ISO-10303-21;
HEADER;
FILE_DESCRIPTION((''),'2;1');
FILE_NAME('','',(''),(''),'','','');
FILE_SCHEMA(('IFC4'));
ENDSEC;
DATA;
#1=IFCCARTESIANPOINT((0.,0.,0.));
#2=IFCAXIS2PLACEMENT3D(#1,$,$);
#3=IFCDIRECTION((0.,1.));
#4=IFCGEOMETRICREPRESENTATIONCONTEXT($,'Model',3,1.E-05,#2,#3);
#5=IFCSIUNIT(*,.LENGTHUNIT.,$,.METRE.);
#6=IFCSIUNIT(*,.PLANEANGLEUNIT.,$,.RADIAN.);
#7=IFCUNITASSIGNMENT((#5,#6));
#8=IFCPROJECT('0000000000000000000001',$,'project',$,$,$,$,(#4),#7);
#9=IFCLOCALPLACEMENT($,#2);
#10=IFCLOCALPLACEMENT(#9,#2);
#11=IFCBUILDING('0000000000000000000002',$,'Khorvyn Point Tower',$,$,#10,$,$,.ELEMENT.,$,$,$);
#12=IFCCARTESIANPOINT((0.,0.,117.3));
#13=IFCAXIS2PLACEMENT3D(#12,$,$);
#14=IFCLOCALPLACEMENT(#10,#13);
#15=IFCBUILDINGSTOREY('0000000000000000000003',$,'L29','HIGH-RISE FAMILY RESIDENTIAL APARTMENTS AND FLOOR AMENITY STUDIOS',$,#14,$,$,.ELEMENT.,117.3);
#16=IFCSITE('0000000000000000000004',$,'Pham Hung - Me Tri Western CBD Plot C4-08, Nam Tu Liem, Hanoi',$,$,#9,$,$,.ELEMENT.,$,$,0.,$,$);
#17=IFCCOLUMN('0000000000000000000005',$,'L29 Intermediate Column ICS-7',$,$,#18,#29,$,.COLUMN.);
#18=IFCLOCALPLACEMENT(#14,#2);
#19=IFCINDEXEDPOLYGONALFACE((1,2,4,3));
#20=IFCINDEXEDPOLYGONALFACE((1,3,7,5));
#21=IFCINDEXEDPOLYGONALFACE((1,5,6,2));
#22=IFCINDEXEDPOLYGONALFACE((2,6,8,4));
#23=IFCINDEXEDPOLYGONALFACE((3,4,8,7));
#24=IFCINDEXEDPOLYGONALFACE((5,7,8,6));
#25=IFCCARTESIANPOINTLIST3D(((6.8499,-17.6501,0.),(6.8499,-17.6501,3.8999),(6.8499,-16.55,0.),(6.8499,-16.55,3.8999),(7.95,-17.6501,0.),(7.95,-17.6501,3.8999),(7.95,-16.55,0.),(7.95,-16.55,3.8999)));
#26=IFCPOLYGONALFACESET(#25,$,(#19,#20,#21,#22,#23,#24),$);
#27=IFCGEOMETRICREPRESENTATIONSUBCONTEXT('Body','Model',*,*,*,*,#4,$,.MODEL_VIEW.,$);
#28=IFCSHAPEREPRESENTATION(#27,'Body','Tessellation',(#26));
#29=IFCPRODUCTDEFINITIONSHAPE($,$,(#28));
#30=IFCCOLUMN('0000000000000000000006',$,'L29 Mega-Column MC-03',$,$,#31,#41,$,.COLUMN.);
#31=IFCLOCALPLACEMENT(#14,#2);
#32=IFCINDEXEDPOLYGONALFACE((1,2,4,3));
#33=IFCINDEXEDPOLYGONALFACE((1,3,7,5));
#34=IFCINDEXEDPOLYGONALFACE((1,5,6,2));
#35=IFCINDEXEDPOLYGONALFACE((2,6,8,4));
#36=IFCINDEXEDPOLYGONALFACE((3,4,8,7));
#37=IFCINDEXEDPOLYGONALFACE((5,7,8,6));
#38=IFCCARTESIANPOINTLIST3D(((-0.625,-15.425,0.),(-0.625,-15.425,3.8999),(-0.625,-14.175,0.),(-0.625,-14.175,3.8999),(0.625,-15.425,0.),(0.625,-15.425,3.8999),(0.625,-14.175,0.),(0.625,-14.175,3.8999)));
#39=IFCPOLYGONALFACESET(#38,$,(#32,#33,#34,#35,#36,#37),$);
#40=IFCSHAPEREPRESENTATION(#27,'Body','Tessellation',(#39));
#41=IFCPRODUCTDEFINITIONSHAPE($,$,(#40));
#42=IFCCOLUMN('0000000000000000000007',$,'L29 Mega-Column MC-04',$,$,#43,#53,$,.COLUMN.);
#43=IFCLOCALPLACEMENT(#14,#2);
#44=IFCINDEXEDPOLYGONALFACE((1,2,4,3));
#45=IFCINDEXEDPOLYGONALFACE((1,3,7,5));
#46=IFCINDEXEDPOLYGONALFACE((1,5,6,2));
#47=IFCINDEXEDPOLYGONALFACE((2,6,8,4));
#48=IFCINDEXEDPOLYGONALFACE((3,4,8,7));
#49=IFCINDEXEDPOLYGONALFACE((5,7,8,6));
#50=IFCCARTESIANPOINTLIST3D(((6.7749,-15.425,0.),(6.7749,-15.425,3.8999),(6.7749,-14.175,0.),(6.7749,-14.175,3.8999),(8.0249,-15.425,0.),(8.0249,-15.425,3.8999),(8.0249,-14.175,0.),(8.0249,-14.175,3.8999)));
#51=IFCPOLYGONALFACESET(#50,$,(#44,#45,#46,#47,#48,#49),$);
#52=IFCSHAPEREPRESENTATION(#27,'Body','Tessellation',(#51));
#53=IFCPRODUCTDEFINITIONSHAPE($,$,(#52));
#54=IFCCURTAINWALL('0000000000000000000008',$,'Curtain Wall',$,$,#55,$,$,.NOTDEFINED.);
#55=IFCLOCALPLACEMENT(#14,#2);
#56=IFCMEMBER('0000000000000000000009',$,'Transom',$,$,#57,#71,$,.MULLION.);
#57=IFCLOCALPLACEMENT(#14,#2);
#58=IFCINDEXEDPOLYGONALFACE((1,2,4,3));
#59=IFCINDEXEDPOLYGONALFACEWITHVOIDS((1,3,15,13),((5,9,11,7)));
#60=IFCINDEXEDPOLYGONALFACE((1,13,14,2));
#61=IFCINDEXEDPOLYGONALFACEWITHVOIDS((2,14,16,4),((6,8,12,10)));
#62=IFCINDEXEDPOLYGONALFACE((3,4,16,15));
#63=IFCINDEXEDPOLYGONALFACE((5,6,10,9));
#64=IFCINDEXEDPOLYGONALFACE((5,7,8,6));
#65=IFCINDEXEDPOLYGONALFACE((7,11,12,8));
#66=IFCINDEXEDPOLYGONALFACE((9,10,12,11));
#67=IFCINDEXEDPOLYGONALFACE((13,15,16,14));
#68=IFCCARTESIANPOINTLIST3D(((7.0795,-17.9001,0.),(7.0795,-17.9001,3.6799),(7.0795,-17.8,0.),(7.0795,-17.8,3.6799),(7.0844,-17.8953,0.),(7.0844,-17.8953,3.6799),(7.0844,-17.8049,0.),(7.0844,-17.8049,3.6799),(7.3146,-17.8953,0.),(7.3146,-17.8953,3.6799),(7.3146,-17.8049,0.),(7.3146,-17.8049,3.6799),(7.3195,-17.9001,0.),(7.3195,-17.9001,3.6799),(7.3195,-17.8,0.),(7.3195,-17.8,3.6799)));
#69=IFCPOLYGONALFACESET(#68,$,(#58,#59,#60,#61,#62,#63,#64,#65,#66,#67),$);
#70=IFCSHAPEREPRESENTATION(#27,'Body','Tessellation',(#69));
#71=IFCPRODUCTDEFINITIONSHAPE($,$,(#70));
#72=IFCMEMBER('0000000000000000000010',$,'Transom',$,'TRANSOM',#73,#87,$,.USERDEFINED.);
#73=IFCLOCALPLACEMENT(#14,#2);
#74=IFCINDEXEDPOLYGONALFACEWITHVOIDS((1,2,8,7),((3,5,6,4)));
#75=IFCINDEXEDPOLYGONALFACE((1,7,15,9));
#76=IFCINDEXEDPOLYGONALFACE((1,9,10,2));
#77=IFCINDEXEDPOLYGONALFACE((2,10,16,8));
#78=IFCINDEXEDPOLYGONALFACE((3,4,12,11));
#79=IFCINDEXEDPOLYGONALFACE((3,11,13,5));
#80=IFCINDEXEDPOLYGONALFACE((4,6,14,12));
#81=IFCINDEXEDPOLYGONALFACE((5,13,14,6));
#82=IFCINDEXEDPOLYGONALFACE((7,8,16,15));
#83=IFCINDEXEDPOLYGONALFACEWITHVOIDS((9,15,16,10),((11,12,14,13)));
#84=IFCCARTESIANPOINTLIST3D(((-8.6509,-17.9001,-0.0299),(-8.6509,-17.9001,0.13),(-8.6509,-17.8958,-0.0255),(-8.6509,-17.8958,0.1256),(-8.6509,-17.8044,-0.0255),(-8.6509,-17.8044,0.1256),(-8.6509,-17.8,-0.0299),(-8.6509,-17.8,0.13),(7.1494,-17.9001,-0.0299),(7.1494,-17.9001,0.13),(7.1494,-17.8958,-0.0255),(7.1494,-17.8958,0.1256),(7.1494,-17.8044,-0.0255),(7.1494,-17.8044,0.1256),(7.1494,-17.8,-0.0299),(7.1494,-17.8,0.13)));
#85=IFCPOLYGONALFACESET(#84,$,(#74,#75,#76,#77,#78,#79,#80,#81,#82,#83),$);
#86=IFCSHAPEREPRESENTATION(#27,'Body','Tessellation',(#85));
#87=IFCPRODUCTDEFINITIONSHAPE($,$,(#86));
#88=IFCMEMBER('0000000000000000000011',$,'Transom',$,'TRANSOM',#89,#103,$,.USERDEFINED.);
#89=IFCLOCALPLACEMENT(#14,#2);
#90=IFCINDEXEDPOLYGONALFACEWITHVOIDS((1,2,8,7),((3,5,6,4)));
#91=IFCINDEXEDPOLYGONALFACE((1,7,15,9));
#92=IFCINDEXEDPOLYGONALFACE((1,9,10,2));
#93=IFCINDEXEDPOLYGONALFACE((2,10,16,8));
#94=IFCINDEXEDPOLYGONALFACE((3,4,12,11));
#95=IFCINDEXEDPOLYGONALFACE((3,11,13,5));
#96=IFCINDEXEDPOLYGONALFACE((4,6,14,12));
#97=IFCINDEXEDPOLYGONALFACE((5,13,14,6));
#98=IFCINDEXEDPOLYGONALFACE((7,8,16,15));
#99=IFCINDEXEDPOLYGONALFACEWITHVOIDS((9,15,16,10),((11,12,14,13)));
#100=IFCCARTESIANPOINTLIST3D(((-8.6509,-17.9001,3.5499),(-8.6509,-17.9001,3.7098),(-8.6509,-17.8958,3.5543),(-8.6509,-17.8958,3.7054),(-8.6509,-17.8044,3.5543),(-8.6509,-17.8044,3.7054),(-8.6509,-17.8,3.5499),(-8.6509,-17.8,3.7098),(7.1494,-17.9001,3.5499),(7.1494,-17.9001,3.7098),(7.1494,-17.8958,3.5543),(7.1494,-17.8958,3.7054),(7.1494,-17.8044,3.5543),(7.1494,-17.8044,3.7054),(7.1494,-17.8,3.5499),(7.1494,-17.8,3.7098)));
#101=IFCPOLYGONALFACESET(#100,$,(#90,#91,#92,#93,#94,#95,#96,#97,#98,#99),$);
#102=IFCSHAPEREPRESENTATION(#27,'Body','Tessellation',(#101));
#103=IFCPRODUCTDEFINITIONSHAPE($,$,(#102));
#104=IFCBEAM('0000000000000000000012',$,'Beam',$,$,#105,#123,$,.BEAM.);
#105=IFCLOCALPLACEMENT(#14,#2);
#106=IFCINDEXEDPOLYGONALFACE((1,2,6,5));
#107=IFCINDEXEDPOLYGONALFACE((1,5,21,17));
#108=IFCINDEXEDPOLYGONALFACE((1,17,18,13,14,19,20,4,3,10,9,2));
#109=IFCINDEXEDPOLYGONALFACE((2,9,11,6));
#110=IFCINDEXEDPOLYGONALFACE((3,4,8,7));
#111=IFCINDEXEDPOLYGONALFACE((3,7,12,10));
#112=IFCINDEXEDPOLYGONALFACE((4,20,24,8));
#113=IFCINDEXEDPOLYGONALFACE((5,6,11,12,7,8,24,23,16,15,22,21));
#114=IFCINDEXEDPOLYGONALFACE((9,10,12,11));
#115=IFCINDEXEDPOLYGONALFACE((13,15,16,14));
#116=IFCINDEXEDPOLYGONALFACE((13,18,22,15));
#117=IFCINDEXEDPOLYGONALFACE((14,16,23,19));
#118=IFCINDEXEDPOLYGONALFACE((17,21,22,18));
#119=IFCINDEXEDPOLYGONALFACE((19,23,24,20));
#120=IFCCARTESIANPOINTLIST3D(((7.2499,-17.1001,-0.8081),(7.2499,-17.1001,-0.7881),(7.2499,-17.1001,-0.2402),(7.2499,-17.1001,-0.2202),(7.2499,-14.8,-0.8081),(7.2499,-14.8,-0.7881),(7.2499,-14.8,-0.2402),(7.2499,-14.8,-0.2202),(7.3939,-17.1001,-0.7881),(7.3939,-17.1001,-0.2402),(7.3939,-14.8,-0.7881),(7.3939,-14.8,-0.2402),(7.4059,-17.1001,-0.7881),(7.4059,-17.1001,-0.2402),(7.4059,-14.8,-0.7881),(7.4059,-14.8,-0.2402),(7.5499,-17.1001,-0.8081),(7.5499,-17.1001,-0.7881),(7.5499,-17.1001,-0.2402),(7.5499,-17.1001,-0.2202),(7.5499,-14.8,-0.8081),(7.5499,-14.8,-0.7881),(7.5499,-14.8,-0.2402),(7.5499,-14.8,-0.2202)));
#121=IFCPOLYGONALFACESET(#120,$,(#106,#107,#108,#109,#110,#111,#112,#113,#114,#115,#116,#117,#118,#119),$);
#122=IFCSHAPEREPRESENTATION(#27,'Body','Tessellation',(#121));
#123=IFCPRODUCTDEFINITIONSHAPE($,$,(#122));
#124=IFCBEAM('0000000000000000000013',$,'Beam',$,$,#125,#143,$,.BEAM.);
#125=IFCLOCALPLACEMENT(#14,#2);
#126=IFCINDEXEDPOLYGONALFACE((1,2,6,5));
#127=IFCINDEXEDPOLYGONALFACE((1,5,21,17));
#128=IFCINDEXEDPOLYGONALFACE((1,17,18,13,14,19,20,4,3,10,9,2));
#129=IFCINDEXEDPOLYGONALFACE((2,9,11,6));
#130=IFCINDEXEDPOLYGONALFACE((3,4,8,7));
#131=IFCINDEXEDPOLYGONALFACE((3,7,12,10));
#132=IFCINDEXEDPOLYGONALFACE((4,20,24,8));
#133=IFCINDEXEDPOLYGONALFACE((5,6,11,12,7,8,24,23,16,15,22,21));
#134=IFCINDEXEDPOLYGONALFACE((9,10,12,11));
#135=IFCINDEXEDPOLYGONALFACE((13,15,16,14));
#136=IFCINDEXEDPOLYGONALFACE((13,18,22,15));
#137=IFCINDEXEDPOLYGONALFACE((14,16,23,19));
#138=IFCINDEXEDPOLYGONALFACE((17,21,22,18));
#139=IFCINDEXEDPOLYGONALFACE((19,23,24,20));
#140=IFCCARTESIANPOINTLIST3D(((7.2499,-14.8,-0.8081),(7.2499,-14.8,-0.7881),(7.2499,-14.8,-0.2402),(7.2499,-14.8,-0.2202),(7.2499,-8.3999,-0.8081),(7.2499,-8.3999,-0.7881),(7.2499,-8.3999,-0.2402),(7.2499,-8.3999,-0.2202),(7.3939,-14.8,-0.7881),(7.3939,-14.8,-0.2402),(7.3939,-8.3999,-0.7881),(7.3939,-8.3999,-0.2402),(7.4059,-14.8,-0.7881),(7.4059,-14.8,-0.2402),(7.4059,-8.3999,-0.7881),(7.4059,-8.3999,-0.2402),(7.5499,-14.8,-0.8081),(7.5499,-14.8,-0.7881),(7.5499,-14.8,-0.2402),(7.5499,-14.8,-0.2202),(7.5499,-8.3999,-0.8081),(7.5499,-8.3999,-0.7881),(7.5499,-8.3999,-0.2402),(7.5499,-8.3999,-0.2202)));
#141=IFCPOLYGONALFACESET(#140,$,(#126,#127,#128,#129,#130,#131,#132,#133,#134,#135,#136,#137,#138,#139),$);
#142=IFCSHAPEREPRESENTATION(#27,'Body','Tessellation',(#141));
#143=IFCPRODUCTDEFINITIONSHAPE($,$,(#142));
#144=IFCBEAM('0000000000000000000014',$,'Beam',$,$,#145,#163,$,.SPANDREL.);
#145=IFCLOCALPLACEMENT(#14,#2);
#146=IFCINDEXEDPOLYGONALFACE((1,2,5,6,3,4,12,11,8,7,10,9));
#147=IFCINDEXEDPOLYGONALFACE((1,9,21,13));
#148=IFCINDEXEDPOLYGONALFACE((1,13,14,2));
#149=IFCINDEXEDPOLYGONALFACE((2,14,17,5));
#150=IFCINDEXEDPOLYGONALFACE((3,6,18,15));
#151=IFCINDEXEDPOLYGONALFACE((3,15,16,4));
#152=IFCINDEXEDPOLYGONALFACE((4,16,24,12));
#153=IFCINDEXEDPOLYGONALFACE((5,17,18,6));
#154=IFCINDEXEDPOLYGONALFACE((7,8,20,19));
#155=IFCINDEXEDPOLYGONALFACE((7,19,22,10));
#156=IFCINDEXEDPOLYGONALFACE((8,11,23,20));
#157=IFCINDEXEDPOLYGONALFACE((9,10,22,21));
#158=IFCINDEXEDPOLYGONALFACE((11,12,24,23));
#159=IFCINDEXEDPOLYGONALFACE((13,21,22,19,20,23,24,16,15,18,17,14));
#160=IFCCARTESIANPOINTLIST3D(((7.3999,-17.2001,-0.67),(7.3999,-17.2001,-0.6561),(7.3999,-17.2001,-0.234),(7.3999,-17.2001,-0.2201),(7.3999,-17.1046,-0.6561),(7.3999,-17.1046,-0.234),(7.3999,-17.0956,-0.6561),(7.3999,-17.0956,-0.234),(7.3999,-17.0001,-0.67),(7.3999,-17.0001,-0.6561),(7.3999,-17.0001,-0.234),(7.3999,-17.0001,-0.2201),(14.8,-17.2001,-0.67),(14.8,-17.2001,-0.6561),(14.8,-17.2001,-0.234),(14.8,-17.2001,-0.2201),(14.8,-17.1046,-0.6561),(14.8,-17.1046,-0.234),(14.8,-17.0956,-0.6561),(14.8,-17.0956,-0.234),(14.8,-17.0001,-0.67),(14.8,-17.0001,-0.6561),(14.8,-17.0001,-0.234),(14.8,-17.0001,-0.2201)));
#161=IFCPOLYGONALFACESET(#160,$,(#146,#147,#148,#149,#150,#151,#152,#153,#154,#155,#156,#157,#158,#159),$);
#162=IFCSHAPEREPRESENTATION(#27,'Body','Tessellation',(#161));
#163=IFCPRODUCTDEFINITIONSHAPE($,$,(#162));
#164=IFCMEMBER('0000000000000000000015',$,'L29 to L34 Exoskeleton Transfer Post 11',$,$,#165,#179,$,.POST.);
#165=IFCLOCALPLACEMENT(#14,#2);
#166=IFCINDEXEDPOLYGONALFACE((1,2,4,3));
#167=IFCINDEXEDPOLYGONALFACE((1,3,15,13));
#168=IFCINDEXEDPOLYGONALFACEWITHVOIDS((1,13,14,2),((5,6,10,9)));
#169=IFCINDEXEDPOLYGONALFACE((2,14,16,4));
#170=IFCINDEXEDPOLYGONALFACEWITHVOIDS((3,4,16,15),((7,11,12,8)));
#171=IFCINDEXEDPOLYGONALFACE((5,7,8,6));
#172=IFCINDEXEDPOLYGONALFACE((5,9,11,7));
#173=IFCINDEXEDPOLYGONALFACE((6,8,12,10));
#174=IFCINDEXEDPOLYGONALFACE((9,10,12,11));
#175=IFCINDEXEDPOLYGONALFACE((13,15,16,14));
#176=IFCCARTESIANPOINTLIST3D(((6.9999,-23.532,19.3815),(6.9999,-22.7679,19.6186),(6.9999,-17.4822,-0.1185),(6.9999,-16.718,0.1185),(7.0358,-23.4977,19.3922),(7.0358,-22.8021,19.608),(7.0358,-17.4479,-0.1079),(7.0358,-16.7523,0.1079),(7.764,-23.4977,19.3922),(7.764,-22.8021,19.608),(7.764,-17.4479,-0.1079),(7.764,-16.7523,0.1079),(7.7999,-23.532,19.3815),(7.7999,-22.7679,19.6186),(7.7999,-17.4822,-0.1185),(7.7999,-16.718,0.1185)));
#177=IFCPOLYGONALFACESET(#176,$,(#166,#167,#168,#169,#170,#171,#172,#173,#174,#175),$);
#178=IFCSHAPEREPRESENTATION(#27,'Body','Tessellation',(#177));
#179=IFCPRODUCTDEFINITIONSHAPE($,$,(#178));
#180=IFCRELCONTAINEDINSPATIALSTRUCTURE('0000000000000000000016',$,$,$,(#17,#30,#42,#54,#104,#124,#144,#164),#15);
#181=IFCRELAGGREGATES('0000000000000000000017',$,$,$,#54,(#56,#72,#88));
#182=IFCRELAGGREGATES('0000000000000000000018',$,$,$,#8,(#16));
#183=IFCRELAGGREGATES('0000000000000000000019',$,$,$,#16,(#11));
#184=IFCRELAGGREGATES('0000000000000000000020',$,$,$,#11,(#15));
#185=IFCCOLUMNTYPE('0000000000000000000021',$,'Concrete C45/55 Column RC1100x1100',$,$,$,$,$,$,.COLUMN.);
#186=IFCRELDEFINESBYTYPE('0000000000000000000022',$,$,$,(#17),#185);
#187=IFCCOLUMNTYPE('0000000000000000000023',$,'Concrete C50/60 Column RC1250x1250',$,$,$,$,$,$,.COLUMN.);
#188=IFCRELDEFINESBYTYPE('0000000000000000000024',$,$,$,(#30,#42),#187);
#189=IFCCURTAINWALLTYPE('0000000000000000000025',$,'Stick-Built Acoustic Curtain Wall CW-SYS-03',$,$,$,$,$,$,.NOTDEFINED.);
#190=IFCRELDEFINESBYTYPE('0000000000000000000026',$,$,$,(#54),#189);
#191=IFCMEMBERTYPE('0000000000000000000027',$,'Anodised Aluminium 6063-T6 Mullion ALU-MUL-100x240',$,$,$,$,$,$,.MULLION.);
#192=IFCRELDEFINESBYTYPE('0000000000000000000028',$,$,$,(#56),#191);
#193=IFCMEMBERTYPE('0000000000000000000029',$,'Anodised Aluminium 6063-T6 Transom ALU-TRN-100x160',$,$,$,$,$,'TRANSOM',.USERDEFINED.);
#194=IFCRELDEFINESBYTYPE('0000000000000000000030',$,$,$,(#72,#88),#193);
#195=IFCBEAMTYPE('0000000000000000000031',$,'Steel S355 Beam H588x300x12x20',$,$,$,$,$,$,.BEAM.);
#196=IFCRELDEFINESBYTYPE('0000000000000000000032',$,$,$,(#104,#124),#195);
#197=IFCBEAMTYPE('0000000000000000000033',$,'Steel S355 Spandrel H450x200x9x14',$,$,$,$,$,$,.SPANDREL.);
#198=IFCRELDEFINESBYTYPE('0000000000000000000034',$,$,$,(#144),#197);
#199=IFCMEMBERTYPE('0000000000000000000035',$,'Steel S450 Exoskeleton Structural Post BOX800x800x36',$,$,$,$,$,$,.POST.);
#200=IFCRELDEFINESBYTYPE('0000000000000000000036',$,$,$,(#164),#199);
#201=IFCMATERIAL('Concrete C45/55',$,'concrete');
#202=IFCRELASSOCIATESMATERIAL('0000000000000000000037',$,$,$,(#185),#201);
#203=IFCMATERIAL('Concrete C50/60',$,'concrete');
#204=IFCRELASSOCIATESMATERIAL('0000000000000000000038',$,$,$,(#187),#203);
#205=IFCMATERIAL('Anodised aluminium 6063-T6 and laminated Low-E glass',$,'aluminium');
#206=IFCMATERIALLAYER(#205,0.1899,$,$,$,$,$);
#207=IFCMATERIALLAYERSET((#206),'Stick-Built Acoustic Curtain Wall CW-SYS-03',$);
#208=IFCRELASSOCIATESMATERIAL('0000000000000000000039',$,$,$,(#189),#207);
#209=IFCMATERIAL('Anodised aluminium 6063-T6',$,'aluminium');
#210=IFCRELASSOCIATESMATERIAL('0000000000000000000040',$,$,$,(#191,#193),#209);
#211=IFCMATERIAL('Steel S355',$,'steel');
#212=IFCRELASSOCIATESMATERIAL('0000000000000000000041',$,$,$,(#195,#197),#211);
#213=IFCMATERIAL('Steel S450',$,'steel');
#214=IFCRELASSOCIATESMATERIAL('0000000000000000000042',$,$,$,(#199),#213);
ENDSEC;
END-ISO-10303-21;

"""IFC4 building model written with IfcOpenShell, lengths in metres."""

from ifc_helpers import new_model, si_unit, direction, frame, origin, origin_2d, place, context, subcontext, project, spatial, rectangle, hollow_rectangle, i_section, extrude, material, layer, layer_set, material_profile, profile_set, type_object, element, aggregate, save


model = new_model("IFC4")

# Units and contexts
model_context = context("Model", 3, precision=1e-05, world=origin(), true_north=direction((0.0, 1.0)))
body_context = subcontext(model_context, "Body", "Model", "MODEL_VIEW")
ifc_project = project(units=[si_unit("LENGTHUNIT", "METRE"), si_unit("PLANEANGLEUNIT", "RADIAN")], contexts=[model_context])

# Site, building, storey
site_placement = place(None, origin())
site = spatial("IfcSite", under=ifc_project, at=site_placement, Name="Pham Hung - Me Tri Western CBD Plot C4-08, Nam Tu Liem, Hanoi", CompositionType="ELEMENT", RefElevation=0.0)
building_placement = place(site_placement, origin())
building = spatial("IfcBuilding", under=site, at=building_placement, Name="Khorvyn Point Tower", CompositionType="ELEMENT")
storey_placement = place(building_placement, frame((0.0, 0.0, 117.3)))
storey = spatial("IfcBuildingStorey", under=building, at=storey_placement, Name="L29", Description="HIGH-RISE FAMILY RESIDENTIAL APARTMENTS AND FLOOR AMENITY STUDIOS", CompositionType="ELEMENT", Elevation=117.3)

# Columns
ifc_material_1 = material(Name="Concrete C45/55", Category="concrete")
ifc_material_profile_1 = material_profile(ifc_material_1, rectangle(XDim=1.1001, YDim=1.1001, at=origin_2d()))
ifc_profile_set_1 = profile_set([ifc_material_profile_1], Name="Concrete C45/55 RC1100x1100")
column_type_1 = type_object("IfcColumnType", Name="Concrete C45/55 Column RC1100x1100", PredefinedType="COLUMN", material=ifc_profile_set_1)
column_placement = place(storey_placement, frame((7.3999, -17.1001, 0.0), z_axis=(0.0, 0.0, 1.0), x_axis=(1.0, 0.0, 0.0)))
element("IfcColumn", 1, at=column_placement, inside=storey, type_object=column_type_1, Name="L29 Intermediate Column ICS-7", PredefinedType="COLUMN", context=body_context, shape_type="SweptSolid", body=[
    extrude(rectangle(XDim=1.1001, YDim=1.1001, at=origin_2d()), origin(), (0.0, 0.0, 1.0), 3.8999),
])
ifc_material_2 = material(Name="Concrete C50/60", Category="concrete")
ifc_material_profile_2 = material_profile(ifc_material_2, rectangle(XDim=1.25, YDim=1.25, at=origin_2d()))
ifc_profile_set_2 = profile_set([ifc_material_profile_2], Name="Concrete C50/60 RC1250x1250")
column_type_2 = type_object("IfcColumnType", Name="Concrete C50/60 Column RC1250x1250", PredefinedType="COLUMN", material=ifc_profile_set_2)
for number, where, z_axis, x_axis, name in (
    (2, (0.0, -14.8, 0.0), (0.0, 0.0, 1.0), (1.0, 0.0, 0.0), "L29 Mega-Column MC-03"),
    (3, (7.3999, -14.8, 0.0), (0.0, 0.0, 1.0), (1.0, 0.0, 0.0), "L29 Mega-Column MC-04"),
):
    element("IfcColumn", number, at=place(storey_placement, frame(where, z_axis=z_axis, x_axis=x_axis)), inside=storey, type_object=column_type_2, Name=name, PredefinedType="COLUMN", context=body_context, shape_type="SweptSolid", body=[
        extrude(rectangle(XDim=1.25, YDim=1.25, at=origin_2d()), origin(), (0.0, 0.0, 1.0), 3.8999),
    ])

# Curtain wall, members
ifc_material_3 = material(Name="Anodised aluminium 6063-T6 and laminated Low-E glass", Category="aluminium")
ifc_layer_1 = layer(ifc_material_3, 0.1899)
ifc_layer_set_1 = layer_set([ifc_layer_1], Name="Stick-Built Acoustic Curtain Wall CW-SYS-03")
curtain_wall_type = type_object("IfcCurtainWallType", Name="Stick-Built Acoustic Curtain Wall CW-SYS-03", PredefinedType="NOTDEFINED", material=ifc_layer_set_1)
curtain_wall_placement = place(storey_placement, origin())
curtain_wall = element("IfcCurtainWall", 4, at=curtain_wall_placement, inside=storey, type_object=curtain_wall_type, Name="Curtain Wall", PredefinedType="NOTDEFINED")
ifc_material_4 = material(Name="Anodised aluminium 6063-T6", Category="aluminium")
ifc_material_profile_3 = material_profile(ifc_material_4, hollow_rectangle(XDim=0.1001, YDim=0.24, WallThickness=0.0049, at=origin_2d()))
ifc_profile_set_3 = profile_set([ifc_material_profile_3], Name="Anodised aluminium 6063-T6 ALU-MUL-100x240")
member_type_1 = type_object("IfcMemberType", Name="Anodised Aluminium 6063-T6 Mullion ALU-MUL-100x240", PredefinedType="MULLION", material=ifc_profile_set_3)
member_1_placement = place(storey_placement, frame((7.1995, -17.8501, 0.0), z_axis=(0.0, 0.0, 1.0), x_axis=(0.0, -1.0, 0.0)))
member_1 = element("IfcMember", 5, at=member_1_placement, type_object=member_type_1, Name="Transom", PredefinedType="MULLION", context=body_context, shape_type="SweptSolid", body=[
    extrude(hollow_rectangle(XDim=0.1001, YDim=0.24, WallThickness=0.0049, at=origin_2d()), origin(), (0.0, 0.0, 1.0), 3.6799),
])
ifc_material_profile_4 = material_profile(ifc_material_4, hollow_rectangle(XDim=0.1001, YDim=0.1599, WallThickness=0.0044, at=origin_2d()))
ifc_profile_set_4 = profile_set([ifc_material_profile_4], Name="Anodised aluminium 6063-T6 ALU-TRN-100x160")
member_type_2 = type_object("IfcMemberType", Name="Anodised Aluminium 6063-T6 Transom ALU-TRN-100x160", ElementType="TRANSOM", PredefinedType="USERDEFINED", material=ifc_profile_set_4)
member_2_placement = place(storey_placement, frame((7.1494, -17.8501, 0.05), z_axis=(-1.0, 0.0, 0.0), x_axis=(0.0, -1.0, 0.0)))
member_2 = element("IfcMember", 6, at=member_2_placement, type_object=member_type_2, Name="Transom", ObjectType="TRANSOM", PredefinedType="USERDEFINED", context=body_context, shape_type="SweptSolid", body=[
    extrude(hollow_rectangle(XDim=0.1001, YDim=0.1599, WallThickness=0.0044, at=origin_2d()), origin(), (0.0, 0.0, 1.0), 15.8003),
])
member_3_placement = place(storey_placement, frame((7.1494, -17.8501, 3.6299), z_axis=(-1.0, 0.0, 0.0), x_axis=(0.0, -1.0, 0.0)))
member_3 = element("IfcMember", 7, at=member_3_placement, type_object=member_type_2, Name="Transom", ObjectType="TRANSOM", PredefinedType="USERDEFINED", context=body_context, shape_type="SweptSolid", body=[
    extrude(hollow_rectangle(XDim=0.1001, YDim=0.1599, WallThickness=0.0044, at=origin_2d()), origin(), (0.0, 0.0, 1.0), 15.8003),
])
aggregate(curtain_wall, [member_1, member_2, member_3])

# Beams
ifc_material_5 = material(Name="Steel S355", Category="steel")
ifc_material_profile_5 = material_profile(ifc_material_5, i_section(OverallWidth=0.3, OverallDepth=0.5879, WebThickness=0.012, FlangeThickness=0.02, at=origin_2d()))
ifc_profile_set_5 = profile_set([ifc_material_profile_5], Name="Steel S355 H588x300x12x20")
beam_type_1 = type_object("IfcBeamType", Name="Steel S355 Beam H588x300x12x20", PredefinedType="BEAM", material=ifc_profile_set_5)
beam_1_placement = place(storey_placement, frame((7.3999, -17.1001, -0.5142), z_axis=(0.0, 1.0, 0.0), x_axis=(-1.0, 0.0, 0.0)))
element("IfcBeam", 8, at=beam_1_placement, inside=storey, type_object=beam_type_1, Name="Beam", PredefinedType="BEAM", context=body_context, shape_type="SweptSolid", body=[
    extrude(i_section(OverallWidth=0.3, OverallDepth=0.5879, WebThickness=0.012, FlangeThickness=0.02, at=origin_2d()), origin(), (0.0, 0.0, 1.0), 2.3),
])
beam_2_placement = place(storey_placement, frame((7.3999, -14.8, -0.5142), z_axis=(0.0, 1.0, 0.0), x_axis=(-1.0, 0.0, 0.0)))
element("IfcBeam", 9, at=beam_2_placement, inside=storey, type_object=beam_type_1, Name="Beam", PredefinedType="BEAM", context=body_context, shape_type="SweptSolid", body=[
    extrude(i_section(OverallWidth=0.3, OverallDepth=0.5879, WebThickness=0.012, FlangeThickness=0.02, at=origin_2d()), origin(), (0.0, 0.0, 1.0), 6.4001),
])
ifc_material_profile_6 = material_profile(ifc_material_5, i_section(OverallWidth=0.2, OverallDepth=0.45, WebThickness=0.009, FlangeThickness=0.0139, at=origin_2d()))
ifc_profile_set_6 = profile_set([ifc_material_profile_6], Name="Steel S355 H450x200x9x14")
beam_type_2 = type_object("IfcBeamType", Name="Steel S355 Spandrel H450x200x9x14", PredefinedType="SPANDREL", material=ifc_profile_set_6)
beam_3_placement = place(storey_placement, frame((7.3999, -17.1001, -0.4451), z_axis=(1.0, 0.0, 0.0), x_axis=(0.0, 1.0, 0.0)))
element("IfcBeam", 10, at=beam_3_placement, inside=storey, type_object=beam_type_2, Name="Beam", PredefinedType="SPANDREL", context=body_context, shape_type="SweptSolid", body=[
    extrude(i_section(OverallWidth=0.2, OverallDepth=0.45, WebThickness=0.009, FlangeThickness=0.0139, at=origin_2d()), origin(), (0.0, 0.0, 1.0), 7.4001),
])

# Member
ifc_material_6 = material(Name="Steel S450", Category="steel")
ifc_material_profile_7 = material_profile(ifc_material_6, hollow_rectangle(XDim=0.8, YDim=0.8, WallThickness=0.0359, at=origin_2d()))
ifc_profile_set_7 = profile_set([ifc_material_profile_7], Name="Steel S450 BOX800x800x36")
member_type_3 = type_object("IfcMemberType", Name="Steel S450 Exoskeleton Structural Post BOX800x800x36", PredefinedType="POST", material=ifc_profile_set_7)
member_4_placement = place(storey_placement, frame((7.3999, -17.1001, 0.0), z_axis=(0.0, -0.296313, 0.955091), x_axis=(1.0, 0.0, 0.0)))
element("IfcMember", 11, at=member_4_placement, inside=storey, type_object=member_type_3, Name="L29 to L34 Exoskeleton Transfer Post 11", PredefinedType="POST", context=body_context, shape_type="SweptSolid", body=[
    extrude(hollow_rectangle(XDim=0.8, YDim=0.8, WallThickness=0.0359, at=origin_2d()), origin(), (0.0, 0.0, 1.0), 20.417),
])

save(model, "model.ifc")
